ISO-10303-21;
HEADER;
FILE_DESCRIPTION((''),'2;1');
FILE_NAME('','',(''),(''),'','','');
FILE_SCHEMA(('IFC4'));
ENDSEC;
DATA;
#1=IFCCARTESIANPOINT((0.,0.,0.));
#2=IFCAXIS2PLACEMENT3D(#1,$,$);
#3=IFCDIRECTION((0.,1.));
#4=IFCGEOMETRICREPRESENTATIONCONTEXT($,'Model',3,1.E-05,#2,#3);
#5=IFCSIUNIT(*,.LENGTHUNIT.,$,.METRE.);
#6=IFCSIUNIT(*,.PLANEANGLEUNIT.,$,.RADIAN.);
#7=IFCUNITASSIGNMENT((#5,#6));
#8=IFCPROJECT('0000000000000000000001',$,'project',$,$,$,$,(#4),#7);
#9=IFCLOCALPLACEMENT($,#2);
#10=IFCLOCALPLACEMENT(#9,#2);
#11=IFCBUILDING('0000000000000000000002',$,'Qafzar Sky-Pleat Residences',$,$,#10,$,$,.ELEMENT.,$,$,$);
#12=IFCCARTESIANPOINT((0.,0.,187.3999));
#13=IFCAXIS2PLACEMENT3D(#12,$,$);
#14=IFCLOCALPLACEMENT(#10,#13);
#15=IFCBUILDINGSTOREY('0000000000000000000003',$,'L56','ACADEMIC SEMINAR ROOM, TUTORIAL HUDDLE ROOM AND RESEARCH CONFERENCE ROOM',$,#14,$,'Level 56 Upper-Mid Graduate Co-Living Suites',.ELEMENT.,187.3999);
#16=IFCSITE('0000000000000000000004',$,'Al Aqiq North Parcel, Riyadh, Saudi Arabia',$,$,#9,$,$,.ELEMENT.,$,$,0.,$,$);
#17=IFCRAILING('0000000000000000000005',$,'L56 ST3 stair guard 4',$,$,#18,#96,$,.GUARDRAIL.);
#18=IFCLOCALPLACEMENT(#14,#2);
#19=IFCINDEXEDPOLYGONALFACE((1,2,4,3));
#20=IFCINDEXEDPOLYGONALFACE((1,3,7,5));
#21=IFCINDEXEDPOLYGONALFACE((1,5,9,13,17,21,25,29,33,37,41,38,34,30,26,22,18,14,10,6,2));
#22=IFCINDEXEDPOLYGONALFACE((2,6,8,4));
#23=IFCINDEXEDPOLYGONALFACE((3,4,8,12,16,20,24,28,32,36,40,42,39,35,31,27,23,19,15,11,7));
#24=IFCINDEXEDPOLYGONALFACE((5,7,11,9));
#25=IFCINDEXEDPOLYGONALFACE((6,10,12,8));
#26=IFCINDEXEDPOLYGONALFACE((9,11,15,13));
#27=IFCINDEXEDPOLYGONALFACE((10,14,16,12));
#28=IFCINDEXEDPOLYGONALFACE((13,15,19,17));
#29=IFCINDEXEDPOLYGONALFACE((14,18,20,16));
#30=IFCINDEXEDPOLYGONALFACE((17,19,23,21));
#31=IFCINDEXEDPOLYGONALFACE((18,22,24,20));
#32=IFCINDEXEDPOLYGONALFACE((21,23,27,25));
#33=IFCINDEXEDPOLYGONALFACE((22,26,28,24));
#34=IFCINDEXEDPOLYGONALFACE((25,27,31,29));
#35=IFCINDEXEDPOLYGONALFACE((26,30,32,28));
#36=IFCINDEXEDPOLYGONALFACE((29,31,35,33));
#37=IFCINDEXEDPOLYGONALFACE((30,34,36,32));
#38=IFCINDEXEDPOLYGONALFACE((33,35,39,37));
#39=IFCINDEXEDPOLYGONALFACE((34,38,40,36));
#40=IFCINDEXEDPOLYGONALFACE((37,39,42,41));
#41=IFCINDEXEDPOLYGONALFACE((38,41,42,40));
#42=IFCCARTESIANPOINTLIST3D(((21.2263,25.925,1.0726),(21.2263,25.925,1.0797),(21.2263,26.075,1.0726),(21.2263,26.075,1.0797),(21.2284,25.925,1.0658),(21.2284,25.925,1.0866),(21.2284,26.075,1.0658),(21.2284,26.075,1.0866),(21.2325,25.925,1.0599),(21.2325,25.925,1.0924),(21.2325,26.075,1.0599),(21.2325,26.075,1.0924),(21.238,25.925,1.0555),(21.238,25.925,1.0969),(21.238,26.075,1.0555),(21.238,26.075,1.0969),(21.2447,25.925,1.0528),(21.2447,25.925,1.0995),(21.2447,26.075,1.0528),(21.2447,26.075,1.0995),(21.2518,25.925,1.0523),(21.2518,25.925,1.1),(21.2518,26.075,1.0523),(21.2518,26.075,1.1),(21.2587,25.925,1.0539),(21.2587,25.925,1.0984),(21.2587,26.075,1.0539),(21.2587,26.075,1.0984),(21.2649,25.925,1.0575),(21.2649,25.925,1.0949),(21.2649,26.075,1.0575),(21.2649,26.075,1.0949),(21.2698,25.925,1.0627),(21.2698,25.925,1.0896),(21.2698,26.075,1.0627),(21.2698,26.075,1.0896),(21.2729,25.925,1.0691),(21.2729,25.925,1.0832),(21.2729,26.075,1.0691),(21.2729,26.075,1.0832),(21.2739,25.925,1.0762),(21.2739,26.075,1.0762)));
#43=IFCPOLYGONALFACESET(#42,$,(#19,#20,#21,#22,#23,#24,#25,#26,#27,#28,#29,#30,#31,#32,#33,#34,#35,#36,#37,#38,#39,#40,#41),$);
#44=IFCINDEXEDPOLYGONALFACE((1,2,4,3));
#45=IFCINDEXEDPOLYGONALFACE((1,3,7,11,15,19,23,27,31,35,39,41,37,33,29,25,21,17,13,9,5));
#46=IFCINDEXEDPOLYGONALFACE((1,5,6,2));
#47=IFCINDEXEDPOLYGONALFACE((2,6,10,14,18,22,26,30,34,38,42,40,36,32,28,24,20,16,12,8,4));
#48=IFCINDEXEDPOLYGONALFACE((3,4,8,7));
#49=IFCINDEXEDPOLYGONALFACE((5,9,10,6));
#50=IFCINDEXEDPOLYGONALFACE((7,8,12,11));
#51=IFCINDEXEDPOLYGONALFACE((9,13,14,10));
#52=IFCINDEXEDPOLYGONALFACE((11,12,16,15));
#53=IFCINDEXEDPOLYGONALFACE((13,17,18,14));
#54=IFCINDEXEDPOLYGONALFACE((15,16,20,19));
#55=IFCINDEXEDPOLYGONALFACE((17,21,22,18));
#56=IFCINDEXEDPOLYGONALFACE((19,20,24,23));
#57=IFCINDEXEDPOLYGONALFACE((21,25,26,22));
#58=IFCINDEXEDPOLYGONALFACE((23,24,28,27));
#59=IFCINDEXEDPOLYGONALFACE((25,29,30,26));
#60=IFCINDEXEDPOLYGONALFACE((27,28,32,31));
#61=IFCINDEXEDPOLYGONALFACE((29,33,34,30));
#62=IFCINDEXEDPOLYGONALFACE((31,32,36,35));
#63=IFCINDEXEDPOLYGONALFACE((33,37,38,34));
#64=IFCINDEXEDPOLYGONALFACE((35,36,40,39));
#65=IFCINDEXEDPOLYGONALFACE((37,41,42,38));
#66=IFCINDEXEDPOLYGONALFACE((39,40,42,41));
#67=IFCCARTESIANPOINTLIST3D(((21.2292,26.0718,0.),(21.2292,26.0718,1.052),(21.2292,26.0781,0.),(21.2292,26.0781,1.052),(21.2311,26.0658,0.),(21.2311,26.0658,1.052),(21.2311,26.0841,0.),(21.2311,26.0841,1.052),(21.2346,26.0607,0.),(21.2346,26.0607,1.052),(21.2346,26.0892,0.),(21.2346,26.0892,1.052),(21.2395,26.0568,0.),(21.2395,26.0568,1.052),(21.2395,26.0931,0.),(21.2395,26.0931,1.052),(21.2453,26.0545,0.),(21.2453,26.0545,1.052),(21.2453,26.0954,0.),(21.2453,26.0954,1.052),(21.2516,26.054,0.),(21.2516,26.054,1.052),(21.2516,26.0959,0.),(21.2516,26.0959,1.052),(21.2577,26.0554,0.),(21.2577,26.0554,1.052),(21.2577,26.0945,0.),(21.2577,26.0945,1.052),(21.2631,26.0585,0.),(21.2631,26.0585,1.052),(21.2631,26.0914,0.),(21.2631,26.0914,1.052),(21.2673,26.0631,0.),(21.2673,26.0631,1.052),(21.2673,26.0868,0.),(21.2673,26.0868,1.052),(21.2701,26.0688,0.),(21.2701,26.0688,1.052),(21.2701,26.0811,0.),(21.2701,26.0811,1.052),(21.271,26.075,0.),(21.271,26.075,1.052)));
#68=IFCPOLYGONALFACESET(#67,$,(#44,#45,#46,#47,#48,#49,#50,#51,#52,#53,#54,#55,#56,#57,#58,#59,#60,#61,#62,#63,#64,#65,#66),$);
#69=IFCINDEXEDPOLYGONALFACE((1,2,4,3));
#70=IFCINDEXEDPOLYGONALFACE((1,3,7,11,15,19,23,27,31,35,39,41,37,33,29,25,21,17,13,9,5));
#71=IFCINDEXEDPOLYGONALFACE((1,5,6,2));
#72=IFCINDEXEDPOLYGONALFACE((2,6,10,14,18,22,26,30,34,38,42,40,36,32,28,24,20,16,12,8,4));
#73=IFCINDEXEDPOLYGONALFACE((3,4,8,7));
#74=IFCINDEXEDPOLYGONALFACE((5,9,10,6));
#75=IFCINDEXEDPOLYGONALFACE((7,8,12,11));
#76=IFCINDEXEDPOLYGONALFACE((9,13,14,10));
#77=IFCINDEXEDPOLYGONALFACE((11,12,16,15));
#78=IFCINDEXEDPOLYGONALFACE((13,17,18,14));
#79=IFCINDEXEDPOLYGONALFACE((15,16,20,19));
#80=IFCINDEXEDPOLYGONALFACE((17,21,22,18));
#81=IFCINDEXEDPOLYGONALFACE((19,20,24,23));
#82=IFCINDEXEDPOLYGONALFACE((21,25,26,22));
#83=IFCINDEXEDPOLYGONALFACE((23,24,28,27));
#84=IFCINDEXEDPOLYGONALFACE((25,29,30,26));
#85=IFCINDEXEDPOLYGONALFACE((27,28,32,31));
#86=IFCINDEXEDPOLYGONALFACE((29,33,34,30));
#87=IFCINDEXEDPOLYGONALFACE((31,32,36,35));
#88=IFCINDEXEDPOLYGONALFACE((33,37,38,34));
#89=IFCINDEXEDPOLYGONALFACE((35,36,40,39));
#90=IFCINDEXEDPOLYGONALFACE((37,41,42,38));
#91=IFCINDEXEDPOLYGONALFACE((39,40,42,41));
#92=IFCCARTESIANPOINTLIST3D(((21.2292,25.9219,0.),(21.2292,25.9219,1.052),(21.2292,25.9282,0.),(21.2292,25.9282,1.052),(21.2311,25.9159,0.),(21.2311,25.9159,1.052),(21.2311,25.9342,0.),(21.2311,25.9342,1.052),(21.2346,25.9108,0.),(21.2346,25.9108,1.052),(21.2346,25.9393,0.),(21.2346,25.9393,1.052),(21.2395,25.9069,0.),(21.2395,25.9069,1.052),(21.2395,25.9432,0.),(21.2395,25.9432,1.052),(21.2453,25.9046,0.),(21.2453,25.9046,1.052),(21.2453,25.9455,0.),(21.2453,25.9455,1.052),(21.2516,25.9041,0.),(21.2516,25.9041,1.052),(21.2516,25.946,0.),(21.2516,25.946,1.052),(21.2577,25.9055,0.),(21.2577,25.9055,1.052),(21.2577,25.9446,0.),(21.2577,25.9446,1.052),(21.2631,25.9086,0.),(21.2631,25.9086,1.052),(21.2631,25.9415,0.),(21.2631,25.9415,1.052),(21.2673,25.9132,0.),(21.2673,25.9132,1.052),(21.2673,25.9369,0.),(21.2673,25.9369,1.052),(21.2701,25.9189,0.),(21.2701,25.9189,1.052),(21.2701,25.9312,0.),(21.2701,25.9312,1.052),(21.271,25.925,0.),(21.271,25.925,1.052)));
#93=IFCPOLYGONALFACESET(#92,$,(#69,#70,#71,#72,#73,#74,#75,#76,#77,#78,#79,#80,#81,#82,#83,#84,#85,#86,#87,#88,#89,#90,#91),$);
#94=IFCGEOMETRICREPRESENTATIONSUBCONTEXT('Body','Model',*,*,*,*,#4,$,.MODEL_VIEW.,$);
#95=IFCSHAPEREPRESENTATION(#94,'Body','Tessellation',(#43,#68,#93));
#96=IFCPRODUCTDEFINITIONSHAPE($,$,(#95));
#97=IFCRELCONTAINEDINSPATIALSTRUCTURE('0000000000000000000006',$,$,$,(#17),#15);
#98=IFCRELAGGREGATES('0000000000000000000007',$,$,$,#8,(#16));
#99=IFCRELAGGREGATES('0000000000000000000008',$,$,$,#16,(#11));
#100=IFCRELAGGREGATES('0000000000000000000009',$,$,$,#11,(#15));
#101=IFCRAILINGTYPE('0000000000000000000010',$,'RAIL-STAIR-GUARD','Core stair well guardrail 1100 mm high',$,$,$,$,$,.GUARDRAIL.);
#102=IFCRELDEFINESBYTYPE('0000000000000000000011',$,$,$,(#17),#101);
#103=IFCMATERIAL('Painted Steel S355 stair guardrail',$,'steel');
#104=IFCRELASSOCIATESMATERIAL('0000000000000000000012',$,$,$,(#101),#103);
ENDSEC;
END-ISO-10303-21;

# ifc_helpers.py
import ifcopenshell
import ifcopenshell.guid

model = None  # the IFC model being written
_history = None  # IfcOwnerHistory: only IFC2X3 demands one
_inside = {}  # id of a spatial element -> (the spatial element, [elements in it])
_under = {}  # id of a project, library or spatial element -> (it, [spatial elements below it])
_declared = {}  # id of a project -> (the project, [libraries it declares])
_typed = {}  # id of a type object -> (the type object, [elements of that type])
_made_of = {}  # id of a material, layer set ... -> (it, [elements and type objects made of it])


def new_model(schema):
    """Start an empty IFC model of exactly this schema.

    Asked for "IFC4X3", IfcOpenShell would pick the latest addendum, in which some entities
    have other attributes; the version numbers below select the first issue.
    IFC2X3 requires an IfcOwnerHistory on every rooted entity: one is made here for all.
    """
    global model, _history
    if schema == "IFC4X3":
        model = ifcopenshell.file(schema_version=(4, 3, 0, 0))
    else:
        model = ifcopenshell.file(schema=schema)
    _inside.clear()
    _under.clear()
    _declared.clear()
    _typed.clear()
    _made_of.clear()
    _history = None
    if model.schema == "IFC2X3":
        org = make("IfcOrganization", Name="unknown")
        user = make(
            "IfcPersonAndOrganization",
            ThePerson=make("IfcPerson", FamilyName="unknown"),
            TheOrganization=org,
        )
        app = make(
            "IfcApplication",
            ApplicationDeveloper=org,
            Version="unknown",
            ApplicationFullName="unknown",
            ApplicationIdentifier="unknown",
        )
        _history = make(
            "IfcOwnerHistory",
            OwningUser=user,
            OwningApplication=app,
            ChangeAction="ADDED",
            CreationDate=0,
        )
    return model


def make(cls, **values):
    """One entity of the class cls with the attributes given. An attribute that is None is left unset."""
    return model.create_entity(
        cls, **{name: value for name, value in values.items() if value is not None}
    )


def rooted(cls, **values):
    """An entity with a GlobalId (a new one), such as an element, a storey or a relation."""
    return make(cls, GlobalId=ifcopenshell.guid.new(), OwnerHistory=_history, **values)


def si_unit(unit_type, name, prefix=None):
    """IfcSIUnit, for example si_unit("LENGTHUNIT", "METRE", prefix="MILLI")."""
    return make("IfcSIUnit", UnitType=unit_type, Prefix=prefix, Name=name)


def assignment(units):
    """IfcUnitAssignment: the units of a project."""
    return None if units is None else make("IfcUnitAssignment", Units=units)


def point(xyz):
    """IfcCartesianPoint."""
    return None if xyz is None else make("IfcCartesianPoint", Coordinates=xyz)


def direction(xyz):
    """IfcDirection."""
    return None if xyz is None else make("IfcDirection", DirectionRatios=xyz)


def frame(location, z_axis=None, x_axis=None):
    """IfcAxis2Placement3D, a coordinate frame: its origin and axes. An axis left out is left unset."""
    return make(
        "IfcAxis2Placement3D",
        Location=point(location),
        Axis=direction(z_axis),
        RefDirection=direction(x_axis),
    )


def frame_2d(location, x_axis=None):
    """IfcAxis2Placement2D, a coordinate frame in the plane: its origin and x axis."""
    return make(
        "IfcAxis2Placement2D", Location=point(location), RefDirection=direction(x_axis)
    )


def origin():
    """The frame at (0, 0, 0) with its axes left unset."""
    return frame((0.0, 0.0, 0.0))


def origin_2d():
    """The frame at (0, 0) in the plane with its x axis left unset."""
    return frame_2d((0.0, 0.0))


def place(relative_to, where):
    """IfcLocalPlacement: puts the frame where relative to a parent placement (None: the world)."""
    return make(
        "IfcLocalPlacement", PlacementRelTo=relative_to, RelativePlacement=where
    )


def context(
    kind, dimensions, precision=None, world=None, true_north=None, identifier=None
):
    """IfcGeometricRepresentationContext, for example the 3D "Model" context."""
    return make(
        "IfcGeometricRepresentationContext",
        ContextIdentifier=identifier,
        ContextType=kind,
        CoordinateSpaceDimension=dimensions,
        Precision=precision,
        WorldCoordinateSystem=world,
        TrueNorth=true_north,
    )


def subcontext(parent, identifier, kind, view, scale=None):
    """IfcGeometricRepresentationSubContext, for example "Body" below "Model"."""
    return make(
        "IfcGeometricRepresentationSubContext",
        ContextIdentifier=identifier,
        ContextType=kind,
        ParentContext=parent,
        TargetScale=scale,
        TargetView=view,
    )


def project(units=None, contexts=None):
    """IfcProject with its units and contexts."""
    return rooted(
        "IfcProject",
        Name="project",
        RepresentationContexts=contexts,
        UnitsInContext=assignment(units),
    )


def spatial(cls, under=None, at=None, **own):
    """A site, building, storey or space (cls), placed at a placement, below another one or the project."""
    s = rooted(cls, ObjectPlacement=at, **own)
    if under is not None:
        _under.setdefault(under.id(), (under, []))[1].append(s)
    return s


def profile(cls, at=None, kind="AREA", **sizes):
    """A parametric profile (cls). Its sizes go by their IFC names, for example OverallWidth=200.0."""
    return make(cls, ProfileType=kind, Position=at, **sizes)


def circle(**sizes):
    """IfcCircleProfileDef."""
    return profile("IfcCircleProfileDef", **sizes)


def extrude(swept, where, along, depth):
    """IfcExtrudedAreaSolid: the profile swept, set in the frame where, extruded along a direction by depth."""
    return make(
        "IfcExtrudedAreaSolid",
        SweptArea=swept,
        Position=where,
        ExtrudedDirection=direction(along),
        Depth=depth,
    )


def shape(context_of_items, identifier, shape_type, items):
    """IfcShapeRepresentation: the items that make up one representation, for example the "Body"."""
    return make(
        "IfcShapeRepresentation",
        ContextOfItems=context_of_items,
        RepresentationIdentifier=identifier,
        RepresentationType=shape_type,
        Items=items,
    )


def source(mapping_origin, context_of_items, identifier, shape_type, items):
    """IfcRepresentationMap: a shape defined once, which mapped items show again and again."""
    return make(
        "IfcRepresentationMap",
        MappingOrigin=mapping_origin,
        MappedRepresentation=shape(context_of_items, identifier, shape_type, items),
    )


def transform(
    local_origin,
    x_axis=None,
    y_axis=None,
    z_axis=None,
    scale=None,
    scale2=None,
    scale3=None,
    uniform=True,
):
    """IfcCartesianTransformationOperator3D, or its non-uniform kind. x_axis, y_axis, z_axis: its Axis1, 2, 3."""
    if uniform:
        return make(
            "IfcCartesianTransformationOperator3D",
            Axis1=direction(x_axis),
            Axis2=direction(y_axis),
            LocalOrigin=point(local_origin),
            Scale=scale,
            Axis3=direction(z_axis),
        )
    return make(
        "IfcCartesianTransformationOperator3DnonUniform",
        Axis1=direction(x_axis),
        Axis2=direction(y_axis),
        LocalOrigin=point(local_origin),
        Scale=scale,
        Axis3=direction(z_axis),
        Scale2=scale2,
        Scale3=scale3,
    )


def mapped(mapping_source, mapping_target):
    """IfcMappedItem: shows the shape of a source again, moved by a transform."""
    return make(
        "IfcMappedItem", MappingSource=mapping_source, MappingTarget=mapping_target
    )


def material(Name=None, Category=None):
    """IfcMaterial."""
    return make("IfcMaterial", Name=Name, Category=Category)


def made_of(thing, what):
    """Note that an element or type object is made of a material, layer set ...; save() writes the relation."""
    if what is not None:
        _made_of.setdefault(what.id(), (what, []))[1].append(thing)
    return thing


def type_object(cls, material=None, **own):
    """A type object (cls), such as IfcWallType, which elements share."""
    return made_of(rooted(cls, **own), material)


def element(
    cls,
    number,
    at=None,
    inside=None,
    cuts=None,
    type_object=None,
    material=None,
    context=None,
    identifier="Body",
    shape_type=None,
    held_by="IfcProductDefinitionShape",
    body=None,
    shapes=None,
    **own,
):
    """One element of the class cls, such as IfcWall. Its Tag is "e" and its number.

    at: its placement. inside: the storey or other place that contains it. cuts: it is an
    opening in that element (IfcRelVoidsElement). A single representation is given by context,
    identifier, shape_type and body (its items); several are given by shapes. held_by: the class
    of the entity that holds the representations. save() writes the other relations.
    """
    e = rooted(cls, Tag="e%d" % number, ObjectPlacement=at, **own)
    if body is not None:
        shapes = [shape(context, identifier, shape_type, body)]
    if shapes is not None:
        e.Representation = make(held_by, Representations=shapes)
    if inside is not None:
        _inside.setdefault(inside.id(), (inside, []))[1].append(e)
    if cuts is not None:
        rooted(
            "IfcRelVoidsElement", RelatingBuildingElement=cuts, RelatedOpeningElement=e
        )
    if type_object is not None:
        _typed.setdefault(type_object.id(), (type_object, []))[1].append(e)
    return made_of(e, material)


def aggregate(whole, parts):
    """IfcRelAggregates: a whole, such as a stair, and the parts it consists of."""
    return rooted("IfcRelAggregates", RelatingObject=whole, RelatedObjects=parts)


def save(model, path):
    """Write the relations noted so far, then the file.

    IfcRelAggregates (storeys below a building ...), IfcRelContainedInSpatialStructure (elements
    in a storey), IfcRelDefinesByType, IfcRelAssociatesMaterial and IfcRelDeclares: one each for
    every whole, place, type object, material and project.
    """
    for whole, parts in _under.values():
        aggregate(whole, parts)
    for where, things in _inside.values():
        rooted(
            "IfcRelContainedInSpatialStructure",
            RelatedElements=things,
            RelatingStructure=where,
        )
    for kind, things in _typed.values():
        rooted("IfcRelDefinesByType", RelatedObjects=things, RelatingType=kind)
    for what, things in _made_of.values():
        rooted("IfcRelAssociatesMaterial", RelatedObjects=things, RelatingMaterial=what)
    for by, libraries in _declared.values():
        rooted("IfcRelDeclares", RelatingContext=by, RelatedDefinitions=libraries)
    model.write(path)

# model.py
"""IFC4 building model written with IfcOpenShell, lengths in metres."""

from ifc_helpers import new_model, si_unit, direction, frame, origin, origin_2d, place, context, subcontext, project, spatial, circle, extrude, source, transform, mapped, material, type_object, element, save


model = new_model("IFC4")

# Units and contexts
model_context = context("Model", 3, precision=1e-05, world=origin(), true_north=direction((0.0, 1.0)))
body_context = subcontext(model_context, "Body", "Model", "MODEL_VIEW")
ifc_project = project(units=[si_unit("LENGTHUNIT", "METRE"), si_unit("PLANEANGLEUNIT", "RADIAN")], contexts=[model_context])

# Site, building, storey
site_placement = place(None, origin())
site = spatial("IfcSite", under=ifc_project, at=site_placement, Name="Al Aqiq North Parcel, Riyadh, Saudi Arabia", CompositionType="ELEMENT", RefElevation=0.0)
building_placement = place(site_placement, origin())
building = spatial("IfcBuilding", under=site, at=building_placement, Name="Qafzar Sky-Pleat Residences", CompositionType="ELEMENT")
storey_placement = place(building_placement, frame((0.0, 0.0, 187.3999)))
storey = spatial("IfcBuildingStorey", under=building, at=storey_placement, Name="L56", Description="ACADEMIC SEMINAR ROOM, TUTORIAL HUDDLE ROOM AND RESEARCH CONFERENCE ROOM", LongName="Level 56 Upper-Mid Graduate Co-Living Suites", CompositionType="ELEMENT", Elevation=187.3999)

# Railing
ifc_material_1 = material(Name="Painted Steel S355 stair guardrail", Category="steel")
railing_type_1 = type_object("IfcRailingType", Name="RAIL-STAIR-GUARD", Description="Core stair well guardrail 1100 mm high", PredefinedType="GUARDRAIL", material=ifc_material_1)
shared_shape_1 = source(origin(), body_context, "Body", "SweptSolid", [
    extrude(circle(Radius=0.0239, at=origin_2d()), frame((0.0, 0.0, 1.0762), z_axis=(0.0, -1.0, 0.0), x_axis=(1.0, 0.0, 0.0)), (0.0, 0.0, 1.0), 0.1499),
    extrude(circle(Radius=0.021, at=origin_2d()), origin(), (0.0, 0.0, 1.0), 1.052),
    extrude(circle(Radius=0.021, at=origin_2d()), frame((0.0, -0.1499, 0.0)), (0.0, 0.0, 1.0), 1.052),
])
for number, where, name in (
    (1, (21.25, 26.075, 0.0), "L56 ST3 stair guard 4"),
):
    element("IfcRailing", number, at=place(storey_placement, frame(where)), inside=storey, type_object=railing_type_1, Name=name, PredefinedType="GUARDRAIL", context=body_context, shape_type="MappedRepresentation", body=[
        mapped(shared_shape_1, transform((0.0, 0.0, 0.0), x_axis=(1.0, 0.0, 0.0), y_axis=(0.0, 1.0, 0.0), z_axis=(0.0, 0.0, 1.0), scale=1.0)),
    ])

save(model, "model.ifc")
